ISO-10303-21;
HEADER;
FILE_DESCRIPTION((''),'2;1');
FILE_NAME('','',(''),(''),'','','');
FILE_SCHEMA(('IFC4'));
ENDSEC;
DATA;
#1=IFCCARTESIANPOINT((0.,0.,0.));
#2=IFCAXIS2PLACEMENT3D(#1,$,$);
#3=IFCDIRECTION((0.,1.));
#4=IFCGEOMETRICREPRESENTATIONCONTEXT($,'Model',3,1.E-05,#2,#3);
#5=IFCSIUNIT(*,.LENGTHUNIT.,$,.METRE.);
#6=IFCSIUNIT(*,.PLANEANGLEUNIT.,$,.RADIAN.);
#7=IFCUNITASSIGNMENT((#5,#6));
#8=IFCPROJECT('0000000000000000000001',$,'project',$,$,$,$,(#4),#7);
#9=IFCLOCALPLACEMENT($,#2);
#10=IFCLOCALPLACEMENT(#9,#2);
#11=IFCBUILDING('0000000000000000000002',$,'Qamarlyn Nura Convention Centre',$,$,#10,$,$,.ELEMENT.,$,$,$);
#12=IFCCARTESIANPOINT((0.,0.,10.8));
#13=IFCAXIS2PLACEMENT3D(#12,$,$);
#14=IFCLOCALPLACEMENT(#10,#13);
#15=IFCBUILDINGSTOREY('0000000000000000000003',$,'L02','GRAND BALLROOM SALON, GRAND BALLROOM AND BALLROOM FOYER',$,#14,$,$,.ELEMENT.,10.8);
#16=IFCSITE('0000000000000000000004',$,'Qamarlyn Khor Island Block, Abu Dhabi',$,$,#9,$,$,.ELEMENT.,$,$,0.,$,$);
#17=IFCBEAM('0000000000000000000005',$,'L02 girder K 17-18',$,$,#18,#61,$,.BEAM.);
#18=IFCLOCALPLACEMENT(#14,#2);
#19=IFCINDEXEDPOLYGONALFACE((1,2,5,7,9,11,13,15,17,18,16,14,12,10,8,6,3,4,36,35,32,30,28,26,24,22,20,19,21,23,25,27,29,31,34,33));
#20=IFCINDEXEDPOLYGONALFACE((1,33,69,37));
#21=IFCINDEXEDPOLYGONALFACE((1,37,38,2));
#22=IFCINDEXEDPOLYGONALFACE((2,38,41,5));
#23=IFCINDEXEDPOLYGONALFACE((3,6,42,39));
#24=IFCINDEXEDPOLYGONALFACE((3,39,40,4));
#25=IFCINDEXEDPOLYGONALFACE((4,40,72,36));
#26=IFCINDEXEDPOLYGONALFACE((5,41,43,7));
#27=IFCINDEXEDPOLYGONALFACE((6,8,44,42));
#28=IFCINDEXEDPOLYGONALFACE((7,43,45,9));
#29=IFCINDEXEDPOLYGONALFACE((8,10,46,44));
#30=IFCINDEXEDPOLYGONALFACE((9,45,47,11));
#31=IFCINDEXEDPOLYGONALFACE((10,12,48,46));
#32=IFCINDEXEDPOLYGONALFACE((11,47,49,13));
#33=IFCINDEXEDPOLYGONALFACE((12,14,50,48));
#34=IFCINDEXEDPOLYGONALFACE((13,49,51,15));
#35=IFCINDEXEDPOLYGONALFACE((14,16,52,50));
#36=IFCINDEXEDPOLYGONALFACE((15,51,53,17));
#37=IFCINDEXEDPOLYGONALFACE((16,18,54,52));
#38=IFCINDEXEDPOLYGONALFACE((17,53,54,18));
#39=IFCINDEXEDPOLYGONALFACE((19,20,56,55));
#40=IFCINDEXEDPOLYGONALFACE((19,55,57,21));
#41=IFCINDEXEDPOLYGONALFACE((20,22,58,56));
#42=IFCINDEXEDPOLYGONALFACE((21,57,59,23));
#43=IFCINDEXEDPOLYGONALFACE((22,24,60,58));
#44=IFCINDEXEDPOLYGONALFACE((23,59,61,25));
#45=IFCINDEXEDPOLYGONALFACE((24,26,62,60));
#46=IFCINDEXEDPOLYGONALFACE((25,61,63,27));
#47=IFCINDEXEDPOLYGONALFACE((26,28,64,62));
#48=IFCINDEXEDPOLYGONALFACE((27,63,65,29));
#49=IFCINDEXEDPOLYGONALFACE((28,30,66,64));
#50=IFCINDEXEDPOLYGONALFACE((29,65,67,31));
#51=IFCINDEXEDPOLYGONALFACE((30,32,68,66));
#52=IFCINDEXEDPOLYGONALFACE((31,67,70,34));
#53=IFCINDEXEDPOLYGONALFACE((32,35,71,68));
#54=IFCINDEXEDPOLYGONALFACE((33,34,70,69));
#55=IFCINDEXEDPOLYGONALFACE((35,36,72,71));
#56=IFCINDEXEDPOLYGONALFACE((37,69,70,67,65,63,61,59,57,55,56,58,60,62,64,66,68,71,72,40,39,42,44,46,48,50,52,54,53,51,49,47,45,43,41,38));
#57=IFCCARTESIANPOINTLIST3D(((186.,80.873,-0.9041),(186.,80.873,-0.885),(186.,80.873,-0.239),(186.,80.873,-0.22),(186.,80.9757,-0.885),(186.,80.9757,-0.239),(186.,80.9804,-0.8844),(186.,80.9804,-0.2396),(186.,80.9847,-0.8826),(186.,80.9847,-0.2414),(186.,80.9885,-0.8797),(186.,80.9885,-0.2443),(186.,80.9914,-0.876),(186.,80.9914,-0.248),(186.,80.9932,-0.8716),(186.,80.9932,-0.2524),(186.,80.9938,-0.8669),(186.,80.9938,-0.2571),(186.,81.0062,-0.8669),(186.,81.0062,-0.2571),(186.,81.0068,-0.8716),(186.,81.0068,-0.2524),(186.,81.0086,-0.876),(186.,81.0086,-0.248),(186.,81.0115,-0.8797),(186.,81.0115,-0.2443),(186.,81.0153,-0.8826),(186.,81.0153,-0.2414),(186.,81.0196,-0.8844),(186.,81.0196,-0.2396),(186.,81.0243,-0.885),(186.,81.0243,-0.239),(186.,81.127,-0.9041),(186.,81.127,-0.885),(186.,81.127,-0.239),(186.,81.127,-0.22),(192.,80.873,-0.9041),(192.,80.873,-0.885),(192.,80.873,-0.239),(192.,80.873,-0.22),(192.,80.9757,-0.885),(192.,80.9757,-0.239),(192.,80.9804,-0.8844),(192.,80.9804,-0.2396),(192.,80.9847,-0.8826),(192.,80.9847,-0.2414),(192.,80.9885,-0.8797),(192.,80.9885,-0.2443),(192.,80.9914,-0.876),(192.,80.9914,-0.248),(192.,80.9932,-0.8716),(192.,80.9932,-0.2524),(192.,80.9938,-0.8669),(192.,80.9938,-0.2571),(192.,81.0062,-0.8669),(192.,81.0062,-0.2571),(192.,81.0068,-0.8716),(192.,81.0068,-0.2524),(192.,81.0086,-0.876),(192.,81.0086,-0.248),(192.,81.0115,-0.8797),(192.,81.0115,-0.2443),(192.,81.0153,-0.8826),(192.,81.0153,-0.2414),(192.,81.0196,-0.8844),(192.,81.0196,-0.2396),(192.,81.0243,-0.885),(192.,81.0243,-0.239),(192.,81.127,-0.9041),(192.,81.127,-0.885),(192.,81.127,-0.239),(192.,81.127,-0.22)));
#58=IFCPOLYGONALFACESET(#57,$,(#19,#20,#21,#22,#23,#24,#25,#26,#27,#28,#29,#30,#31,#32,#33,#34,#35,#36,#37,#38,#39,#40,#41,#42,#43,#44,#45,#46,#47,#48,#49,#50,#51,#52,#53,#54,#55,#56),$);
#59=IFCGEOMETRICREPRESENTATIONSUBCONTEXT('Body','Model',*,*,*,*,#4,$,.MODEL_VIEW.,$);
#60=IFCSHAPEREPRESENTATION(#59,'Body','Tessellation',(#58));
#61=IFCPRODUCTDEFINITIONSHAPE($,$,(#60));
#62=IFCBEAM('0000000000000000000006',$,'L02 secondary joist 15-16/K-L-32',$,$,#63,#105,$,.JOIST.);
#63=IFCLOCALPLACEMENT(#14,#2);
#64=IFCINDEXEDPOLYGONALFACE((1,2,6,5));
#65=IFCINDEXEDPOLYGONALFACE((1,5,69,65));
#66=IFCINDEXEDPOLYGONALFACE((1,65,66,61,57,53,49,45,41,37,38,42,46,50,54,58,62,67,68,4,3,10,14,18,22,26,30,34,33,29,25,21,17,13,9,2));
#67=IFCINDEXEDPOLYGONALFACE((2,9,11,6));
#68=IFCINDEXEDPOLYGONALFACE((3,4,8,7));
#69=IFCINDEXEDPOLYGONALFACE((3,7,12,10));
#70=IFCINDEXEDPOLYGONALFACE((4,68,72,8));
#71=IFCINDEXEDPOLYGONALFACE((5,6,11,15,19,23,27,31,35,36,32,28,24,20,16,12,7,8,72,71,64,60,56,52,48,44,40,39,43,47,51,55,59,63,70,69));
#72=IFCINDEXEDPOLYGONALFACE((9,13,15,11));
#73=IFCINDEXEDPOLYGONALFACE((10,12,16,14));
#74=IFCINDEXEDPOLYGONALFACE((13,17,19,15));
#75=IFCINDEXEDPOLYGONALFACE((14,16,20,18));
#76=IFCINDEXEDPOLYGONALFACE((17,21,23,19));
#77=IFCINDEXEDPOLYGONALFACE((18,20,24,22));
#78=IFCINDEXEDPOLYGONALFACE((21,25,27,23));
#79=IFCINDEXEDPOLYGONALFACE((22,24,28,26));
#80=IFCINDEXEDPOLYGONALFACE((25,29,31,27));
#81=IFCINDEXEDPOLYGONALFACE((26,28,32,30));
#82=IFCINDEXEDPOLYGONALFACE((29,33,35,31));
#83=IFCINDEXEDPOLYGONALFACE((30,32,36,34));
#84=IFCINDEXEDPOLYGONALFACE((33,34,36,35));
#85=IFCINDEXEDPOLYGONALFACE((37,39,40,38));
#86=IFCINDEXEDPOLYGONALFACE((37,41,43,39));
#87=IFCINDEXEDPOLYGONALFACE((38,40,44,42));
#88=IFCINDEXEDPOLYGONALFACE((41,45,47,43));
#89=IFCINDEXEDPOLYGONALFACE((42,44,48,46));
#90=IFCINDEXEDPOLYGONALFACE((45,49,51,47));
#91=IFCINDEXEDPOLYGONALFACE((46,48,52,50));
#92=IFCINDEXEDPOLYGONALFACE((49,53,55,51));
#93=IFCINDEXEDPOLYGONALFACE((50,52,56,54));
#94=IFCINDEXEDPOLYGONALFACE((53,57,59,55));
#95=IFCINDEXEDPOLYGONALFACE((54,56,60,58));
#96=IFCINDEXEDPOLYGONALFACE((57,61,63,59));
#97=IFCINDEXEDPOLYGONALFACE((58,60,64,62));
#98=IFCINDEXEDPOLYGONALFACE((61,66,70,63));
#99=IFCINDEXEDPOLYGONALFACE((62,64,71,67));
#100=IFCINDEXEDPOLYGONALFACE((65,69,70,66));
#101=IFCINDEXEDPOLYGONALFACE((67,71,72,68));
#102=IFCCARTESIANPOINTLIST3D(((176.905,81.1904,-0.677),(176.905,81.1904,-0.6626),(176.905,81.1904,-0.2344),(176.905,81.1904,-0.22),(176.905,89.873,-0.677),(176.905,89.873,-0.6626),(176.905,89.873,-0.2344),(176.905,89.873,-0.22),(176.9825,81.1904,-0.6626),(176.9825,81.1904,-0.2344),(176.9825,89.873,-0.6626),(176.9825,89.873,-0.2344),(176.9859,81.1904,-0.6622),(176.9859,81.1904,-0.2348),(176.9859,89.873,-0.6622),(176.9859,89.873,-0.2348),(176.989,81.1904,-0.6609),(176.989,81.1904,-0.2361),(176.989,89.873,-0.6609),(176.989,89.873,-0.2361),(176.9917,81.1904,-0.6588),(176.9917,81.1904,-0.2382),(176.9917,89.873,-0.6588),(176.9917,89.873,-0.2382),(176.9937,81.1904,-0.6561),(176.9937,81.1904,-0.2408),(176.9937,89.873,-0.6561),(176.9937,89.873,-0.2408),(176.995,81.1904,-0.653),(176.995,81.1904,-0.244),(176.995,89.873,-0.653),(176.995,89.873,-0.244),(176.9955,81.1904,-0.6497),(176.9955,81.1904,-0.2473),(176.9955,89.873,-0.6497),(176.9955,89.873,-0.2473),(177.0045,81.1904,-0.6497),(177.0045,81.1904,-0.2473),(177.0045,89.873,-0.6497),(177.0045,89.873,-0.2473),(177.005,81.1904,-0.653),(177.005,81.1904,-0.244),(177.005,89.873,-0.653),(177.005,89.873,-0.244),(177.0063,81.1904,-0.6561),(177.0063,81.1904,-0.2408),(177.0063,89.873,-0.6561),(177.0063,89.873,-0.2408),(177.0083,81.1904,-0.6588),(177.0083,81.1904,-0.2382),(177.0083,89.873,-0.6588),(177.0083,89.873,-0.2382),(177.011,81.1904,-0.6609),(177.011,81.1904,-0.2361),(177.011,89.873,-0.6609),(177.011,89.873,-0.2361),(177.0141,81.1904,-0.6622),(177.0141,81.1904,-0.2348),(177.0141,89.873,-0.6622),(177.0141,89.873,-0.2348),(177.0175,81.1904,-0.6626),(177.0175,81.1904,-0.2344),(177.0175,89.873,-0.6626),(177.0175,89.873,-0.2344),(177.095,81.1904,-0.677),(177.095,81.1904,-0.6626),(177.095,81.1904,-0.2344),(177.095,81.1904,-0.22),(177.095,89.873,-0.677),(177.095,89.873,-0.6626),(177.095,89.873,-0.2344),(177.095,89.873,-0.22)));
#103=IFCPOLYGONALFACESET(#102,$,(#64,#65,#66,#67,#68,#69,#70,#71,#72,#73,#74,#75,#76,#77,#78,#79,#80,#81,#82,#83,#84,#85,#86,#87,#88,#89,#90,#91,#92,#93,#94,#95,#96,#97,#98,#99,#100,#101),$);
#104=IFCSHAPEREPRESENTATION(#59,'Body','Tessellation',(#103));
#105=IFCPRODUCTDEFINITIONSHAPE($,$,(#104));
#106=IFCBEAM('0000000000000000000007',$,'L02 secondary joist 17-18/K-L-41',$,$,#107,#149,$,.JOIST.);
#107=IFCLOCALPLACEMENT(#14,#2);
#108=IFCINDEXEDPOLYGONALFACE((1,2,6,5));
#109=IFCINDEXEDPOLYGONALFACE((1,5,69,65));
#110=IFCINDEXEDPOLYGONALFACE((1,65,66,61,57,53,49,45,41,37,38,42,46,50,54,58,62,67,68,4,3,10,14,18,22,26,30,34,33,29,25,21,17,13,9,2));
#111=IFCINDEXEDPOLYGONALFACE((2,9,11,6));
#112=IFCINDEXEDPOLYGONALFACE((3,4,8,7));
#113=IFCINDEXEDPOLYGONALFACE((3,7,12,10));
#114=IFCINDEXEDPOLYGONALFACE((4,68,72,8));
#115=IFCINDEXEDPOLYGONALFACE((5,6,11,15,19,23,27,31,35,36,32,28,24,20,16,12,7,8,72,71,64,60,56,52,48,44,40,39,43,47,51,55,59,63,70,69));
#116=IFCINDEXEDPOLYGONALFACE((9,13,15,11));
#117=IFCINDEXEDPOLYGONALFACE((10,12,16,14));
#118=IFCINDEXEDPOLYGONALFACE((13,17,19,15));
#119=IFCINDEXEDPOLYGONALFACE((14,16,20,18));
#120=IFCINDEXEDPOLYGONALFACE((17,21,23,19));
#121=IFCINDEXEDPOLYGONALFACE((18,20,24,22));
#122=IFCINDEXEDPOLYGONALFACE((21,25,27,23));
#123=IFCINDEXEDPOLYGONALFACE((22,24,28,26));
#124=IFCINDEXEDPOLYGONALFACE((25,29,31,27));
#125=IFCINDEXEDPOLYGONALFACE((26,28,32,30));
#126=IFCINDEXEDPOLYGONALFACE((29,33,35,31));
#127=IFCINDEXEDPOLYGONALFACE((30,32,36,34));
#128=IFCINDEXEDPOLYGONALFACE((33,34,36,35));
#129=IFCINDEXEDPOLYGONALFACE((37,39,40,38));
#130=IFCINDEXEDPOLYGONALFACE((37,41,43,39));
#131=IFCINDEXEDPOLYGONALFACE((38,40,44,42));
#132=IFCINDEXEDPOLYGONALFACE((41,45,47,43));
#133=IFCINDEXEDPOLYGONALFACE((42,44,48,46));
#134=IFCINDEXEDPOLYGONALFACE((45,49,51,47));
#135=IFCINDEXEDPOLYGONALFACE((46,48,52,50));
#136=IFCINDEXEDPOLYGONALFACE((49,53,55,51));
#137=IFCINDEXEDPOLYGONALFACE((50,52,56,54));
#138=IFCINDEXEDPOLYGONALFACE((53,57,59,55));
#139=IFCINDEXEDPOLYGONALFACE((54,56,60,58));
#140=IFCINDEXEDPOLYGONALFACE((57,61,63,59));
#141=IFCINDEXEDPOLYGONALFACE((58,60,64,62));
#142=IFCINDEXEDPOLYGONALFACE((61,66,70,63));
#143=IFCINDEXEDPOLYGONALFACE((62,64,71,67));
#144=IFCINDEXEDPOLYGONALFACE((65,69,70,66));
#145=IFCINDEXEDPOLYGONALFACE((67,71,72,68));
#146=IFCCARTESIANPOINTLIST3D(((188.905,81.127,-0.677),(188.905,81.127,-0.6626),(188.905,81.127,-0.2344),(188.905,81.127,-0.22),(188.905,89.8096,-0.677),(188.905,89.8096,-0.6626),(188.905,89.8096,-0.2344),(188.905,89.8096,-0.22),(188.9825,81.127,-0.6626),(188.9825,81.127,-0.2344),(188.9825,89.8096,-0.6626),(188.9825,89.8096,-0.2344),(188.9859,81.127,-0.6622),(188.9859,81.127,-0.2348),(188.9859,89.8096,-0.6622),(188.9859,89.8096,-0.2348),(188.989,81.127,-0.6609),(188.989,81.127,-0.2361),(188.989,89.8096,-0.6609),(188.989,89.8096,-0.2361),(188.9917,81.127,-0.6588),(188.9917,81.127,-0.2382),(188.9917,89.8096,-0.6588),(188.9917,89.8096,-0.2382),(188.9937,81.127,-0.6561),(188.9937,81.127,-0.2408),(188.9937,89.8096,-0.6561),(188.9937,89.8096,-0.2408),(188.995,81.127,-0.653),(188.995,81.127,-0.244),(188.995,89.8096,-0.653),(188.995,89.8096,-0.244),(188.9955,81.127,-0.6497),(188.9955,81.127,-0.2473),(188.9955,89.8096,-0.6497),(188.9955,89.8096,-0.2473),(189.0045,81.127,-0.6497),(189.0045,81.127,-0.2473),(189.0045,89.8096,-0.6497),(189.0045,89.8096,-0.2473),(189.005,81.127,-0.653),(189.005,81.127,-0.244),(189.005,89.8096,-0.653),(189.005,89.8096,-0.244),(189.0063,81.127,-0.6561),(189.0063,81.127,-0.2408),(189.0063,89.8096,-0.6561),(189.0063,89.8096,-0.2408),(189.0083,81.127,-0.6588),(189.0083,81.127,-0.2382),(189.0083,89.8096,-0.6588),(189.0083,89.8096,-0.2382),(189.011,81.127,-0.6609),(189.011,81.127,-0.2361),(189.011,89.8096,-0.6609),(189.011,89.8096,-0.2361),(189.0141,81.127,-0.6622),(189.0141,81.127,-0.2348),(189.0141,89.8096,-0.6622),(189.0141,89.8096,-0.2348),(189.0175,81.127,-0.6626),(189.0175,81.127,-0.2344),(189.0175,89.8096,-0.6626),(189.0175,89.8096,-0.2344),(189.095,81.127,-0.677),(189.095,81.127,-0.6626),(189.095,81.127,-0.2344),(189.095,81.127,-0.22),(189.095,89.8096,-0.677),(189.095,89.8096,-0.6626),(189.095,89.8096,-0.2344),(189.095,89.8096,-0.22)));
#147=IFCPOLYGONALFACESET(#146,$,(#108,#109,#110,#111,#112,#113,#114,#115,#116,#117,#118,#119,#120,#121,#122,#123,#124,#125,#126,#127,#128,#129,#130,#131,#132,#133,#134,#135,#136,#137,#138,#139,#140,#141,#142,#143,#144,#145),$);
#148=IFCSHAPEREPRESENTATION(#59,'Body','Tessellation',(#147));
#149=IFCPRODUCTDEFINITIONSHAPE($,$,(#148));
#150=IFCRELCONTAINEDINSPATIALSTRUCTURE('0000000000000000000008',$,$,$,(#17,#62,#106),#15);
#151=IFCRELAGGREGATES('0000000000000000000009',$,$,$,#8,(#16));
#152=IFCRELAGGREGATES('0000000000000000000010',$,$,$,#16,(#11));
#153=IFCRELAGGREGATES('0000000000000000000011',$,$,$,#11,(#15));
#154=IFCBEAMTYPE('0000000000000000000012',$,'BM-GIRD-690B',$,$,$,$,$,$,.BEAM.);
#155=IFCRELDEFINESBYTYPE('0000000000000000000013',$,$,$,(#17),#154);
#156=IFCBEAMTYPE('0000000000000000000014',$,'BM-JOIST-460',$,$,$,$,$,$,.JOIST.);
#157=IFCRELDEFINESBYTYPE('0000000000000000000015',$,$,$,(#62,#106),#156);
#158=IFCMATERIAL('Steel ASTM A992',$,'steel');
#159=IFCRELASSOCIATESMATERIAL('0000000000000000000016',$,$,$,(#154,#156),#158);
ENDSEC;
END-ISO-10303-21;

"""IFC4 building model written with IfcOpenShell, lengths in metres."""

from ifc_helpers import new_model, si_unit, direction, frame, origin, origin_2d, place, context, subcontext, project, spatial, i_section, extrude, material, material_profile, profile_set, type_object, element, save


model = new_model("IFC4")

# Units and contexts
model_context = context("Model", 3, precision=1e-05, world=origin(), true_north=direction((0.0, 1.0)))
body_context = subcontext(model_context, "Body", "Model", "MODEL_VIEW")
ifc_project = project(units=[si_unit("LENGTHUNIT", "METRE"), si_unit("PLANEANGLEUNIT", "RADIAN")], contexts=[model_context])

# Site, building, storey
site_placement = place(None, origin())
site = spatial("IfcSite", under=ifc_project, at=site_placement, Name="Qamarlyn Khor Island Block, Abu Dhabi", CompositionType="ELEMENT", RefElevation=0.0)
building_placement = place(site_placement, origin())
building = spatial("IfcBuilding", under=site, at=building_placement, Name="Qamarlyn Nura Convention Centre", CompositionType="ELEMENT")
storey_placement = place(building_placement, frame((0.0, 0.0, 10.8)))
storey = spatial("IfcBuildingStorey", under=building, at=storey_placement, Name="L02", Description="GRAND BALLROOM SALON, GRAND BALLROOM AND BALLROOM FOYER", CompositionType="ELEMENT", Elevation=10.8)

# Shared definitions
ifc_material_1 = material(Name="Steel ASTM A992", Category="steel")

# Beams
ifc_material_profile_1 = material_profile(ifc_material_1, i_section(OverallWidth=0.2539, OverallDepth=0.6841, WebThickness=0.0125, FlangeThickness=0.019, FilletRadius=0.0181, at=origin_2d()), Name="W690X140")
ifc_profile_set_1 = profile_set([ifc_material_profile_1], Name="Steel ASTM A992")
beam_type_1 = type_object("IfcBeamType", Name="BM-GIRD-690B", PredefinedType="BEAM", material=ifc_profile_set_1)
beam_1_placement = place(storey_placement, frame((186.0, 81.0, -0.562), z_axis=(1.0, 0.0, 0.0), x_axis=(0.0, 1.0, 0.0)))
element("IfcBeam", 1, at=beam_1_placement, inside=storey, type_object=beam_type_1, Name="L02 girder K 17-18", PredefinedType="BEAM", context=body_context, shape_type="SweptSolid", body=[
    extrude(i_section(OverallWidth=0.2539, OverallDepth=0.6841, WebThickness=0.0125, FlangeThickness=0.019, FilletRadius=0.0181, at=origin_2d()), origin(), (0.0, 0.0, 1.0), 6.0),
])
ifc_material_profile_2 = material_profile(ifc_material_1, i_section(OverallWidth=0.1899, OverallDepth=0.457, WebThickness=0.009, FlangeThickness=0.0144, FilletRadius=0.0129, at=origin_2d()), Name="W460X74")
ifc_profile_set_2 = profile_set([ifc_material_profile_2], Name="Steel ASTM A992")
beam_type_2 = type_object("IfcBeamType", Name="BM-JOIST-460", PredefinedType="JOIST", material=ifc_profile_set_2)
for number, where, z_axis, x_axis, name in (
    (2, (177.0, 81.1904, -0.4485), (0.0, 1.0, 0.0), (-1.0, 0.0, 0.0), "L02 secondary joist 15-16/K-L-32"),
    (3, (189.0, 81.127, -0.4485), (0.0, 1.0, 0.0), (-1.0, 0.0, 0.0), "L02 secondary joist 17-18/K-L-41"),
):
    element("IfcBeam", number, at=place(storey_placement, frame(where, z_axis=z_axis, x_axis=x_axis)), inside=storey, type_object=beam_type_2, Name=name, PredefinedType="JOIST", context=body_context, shape_type="SweptSolid", body=[
        extrude(i_section(OverallWidth=0.1899, OverallDepth=0.457, WebThickness=0.009, FlangeThickness=0.0144, FilletRadius=0.0129, at=origin_2d()), origin(), (0.0, 0.0, 1.0), 8.6826),
    ])

save(model, "model.ifc")
